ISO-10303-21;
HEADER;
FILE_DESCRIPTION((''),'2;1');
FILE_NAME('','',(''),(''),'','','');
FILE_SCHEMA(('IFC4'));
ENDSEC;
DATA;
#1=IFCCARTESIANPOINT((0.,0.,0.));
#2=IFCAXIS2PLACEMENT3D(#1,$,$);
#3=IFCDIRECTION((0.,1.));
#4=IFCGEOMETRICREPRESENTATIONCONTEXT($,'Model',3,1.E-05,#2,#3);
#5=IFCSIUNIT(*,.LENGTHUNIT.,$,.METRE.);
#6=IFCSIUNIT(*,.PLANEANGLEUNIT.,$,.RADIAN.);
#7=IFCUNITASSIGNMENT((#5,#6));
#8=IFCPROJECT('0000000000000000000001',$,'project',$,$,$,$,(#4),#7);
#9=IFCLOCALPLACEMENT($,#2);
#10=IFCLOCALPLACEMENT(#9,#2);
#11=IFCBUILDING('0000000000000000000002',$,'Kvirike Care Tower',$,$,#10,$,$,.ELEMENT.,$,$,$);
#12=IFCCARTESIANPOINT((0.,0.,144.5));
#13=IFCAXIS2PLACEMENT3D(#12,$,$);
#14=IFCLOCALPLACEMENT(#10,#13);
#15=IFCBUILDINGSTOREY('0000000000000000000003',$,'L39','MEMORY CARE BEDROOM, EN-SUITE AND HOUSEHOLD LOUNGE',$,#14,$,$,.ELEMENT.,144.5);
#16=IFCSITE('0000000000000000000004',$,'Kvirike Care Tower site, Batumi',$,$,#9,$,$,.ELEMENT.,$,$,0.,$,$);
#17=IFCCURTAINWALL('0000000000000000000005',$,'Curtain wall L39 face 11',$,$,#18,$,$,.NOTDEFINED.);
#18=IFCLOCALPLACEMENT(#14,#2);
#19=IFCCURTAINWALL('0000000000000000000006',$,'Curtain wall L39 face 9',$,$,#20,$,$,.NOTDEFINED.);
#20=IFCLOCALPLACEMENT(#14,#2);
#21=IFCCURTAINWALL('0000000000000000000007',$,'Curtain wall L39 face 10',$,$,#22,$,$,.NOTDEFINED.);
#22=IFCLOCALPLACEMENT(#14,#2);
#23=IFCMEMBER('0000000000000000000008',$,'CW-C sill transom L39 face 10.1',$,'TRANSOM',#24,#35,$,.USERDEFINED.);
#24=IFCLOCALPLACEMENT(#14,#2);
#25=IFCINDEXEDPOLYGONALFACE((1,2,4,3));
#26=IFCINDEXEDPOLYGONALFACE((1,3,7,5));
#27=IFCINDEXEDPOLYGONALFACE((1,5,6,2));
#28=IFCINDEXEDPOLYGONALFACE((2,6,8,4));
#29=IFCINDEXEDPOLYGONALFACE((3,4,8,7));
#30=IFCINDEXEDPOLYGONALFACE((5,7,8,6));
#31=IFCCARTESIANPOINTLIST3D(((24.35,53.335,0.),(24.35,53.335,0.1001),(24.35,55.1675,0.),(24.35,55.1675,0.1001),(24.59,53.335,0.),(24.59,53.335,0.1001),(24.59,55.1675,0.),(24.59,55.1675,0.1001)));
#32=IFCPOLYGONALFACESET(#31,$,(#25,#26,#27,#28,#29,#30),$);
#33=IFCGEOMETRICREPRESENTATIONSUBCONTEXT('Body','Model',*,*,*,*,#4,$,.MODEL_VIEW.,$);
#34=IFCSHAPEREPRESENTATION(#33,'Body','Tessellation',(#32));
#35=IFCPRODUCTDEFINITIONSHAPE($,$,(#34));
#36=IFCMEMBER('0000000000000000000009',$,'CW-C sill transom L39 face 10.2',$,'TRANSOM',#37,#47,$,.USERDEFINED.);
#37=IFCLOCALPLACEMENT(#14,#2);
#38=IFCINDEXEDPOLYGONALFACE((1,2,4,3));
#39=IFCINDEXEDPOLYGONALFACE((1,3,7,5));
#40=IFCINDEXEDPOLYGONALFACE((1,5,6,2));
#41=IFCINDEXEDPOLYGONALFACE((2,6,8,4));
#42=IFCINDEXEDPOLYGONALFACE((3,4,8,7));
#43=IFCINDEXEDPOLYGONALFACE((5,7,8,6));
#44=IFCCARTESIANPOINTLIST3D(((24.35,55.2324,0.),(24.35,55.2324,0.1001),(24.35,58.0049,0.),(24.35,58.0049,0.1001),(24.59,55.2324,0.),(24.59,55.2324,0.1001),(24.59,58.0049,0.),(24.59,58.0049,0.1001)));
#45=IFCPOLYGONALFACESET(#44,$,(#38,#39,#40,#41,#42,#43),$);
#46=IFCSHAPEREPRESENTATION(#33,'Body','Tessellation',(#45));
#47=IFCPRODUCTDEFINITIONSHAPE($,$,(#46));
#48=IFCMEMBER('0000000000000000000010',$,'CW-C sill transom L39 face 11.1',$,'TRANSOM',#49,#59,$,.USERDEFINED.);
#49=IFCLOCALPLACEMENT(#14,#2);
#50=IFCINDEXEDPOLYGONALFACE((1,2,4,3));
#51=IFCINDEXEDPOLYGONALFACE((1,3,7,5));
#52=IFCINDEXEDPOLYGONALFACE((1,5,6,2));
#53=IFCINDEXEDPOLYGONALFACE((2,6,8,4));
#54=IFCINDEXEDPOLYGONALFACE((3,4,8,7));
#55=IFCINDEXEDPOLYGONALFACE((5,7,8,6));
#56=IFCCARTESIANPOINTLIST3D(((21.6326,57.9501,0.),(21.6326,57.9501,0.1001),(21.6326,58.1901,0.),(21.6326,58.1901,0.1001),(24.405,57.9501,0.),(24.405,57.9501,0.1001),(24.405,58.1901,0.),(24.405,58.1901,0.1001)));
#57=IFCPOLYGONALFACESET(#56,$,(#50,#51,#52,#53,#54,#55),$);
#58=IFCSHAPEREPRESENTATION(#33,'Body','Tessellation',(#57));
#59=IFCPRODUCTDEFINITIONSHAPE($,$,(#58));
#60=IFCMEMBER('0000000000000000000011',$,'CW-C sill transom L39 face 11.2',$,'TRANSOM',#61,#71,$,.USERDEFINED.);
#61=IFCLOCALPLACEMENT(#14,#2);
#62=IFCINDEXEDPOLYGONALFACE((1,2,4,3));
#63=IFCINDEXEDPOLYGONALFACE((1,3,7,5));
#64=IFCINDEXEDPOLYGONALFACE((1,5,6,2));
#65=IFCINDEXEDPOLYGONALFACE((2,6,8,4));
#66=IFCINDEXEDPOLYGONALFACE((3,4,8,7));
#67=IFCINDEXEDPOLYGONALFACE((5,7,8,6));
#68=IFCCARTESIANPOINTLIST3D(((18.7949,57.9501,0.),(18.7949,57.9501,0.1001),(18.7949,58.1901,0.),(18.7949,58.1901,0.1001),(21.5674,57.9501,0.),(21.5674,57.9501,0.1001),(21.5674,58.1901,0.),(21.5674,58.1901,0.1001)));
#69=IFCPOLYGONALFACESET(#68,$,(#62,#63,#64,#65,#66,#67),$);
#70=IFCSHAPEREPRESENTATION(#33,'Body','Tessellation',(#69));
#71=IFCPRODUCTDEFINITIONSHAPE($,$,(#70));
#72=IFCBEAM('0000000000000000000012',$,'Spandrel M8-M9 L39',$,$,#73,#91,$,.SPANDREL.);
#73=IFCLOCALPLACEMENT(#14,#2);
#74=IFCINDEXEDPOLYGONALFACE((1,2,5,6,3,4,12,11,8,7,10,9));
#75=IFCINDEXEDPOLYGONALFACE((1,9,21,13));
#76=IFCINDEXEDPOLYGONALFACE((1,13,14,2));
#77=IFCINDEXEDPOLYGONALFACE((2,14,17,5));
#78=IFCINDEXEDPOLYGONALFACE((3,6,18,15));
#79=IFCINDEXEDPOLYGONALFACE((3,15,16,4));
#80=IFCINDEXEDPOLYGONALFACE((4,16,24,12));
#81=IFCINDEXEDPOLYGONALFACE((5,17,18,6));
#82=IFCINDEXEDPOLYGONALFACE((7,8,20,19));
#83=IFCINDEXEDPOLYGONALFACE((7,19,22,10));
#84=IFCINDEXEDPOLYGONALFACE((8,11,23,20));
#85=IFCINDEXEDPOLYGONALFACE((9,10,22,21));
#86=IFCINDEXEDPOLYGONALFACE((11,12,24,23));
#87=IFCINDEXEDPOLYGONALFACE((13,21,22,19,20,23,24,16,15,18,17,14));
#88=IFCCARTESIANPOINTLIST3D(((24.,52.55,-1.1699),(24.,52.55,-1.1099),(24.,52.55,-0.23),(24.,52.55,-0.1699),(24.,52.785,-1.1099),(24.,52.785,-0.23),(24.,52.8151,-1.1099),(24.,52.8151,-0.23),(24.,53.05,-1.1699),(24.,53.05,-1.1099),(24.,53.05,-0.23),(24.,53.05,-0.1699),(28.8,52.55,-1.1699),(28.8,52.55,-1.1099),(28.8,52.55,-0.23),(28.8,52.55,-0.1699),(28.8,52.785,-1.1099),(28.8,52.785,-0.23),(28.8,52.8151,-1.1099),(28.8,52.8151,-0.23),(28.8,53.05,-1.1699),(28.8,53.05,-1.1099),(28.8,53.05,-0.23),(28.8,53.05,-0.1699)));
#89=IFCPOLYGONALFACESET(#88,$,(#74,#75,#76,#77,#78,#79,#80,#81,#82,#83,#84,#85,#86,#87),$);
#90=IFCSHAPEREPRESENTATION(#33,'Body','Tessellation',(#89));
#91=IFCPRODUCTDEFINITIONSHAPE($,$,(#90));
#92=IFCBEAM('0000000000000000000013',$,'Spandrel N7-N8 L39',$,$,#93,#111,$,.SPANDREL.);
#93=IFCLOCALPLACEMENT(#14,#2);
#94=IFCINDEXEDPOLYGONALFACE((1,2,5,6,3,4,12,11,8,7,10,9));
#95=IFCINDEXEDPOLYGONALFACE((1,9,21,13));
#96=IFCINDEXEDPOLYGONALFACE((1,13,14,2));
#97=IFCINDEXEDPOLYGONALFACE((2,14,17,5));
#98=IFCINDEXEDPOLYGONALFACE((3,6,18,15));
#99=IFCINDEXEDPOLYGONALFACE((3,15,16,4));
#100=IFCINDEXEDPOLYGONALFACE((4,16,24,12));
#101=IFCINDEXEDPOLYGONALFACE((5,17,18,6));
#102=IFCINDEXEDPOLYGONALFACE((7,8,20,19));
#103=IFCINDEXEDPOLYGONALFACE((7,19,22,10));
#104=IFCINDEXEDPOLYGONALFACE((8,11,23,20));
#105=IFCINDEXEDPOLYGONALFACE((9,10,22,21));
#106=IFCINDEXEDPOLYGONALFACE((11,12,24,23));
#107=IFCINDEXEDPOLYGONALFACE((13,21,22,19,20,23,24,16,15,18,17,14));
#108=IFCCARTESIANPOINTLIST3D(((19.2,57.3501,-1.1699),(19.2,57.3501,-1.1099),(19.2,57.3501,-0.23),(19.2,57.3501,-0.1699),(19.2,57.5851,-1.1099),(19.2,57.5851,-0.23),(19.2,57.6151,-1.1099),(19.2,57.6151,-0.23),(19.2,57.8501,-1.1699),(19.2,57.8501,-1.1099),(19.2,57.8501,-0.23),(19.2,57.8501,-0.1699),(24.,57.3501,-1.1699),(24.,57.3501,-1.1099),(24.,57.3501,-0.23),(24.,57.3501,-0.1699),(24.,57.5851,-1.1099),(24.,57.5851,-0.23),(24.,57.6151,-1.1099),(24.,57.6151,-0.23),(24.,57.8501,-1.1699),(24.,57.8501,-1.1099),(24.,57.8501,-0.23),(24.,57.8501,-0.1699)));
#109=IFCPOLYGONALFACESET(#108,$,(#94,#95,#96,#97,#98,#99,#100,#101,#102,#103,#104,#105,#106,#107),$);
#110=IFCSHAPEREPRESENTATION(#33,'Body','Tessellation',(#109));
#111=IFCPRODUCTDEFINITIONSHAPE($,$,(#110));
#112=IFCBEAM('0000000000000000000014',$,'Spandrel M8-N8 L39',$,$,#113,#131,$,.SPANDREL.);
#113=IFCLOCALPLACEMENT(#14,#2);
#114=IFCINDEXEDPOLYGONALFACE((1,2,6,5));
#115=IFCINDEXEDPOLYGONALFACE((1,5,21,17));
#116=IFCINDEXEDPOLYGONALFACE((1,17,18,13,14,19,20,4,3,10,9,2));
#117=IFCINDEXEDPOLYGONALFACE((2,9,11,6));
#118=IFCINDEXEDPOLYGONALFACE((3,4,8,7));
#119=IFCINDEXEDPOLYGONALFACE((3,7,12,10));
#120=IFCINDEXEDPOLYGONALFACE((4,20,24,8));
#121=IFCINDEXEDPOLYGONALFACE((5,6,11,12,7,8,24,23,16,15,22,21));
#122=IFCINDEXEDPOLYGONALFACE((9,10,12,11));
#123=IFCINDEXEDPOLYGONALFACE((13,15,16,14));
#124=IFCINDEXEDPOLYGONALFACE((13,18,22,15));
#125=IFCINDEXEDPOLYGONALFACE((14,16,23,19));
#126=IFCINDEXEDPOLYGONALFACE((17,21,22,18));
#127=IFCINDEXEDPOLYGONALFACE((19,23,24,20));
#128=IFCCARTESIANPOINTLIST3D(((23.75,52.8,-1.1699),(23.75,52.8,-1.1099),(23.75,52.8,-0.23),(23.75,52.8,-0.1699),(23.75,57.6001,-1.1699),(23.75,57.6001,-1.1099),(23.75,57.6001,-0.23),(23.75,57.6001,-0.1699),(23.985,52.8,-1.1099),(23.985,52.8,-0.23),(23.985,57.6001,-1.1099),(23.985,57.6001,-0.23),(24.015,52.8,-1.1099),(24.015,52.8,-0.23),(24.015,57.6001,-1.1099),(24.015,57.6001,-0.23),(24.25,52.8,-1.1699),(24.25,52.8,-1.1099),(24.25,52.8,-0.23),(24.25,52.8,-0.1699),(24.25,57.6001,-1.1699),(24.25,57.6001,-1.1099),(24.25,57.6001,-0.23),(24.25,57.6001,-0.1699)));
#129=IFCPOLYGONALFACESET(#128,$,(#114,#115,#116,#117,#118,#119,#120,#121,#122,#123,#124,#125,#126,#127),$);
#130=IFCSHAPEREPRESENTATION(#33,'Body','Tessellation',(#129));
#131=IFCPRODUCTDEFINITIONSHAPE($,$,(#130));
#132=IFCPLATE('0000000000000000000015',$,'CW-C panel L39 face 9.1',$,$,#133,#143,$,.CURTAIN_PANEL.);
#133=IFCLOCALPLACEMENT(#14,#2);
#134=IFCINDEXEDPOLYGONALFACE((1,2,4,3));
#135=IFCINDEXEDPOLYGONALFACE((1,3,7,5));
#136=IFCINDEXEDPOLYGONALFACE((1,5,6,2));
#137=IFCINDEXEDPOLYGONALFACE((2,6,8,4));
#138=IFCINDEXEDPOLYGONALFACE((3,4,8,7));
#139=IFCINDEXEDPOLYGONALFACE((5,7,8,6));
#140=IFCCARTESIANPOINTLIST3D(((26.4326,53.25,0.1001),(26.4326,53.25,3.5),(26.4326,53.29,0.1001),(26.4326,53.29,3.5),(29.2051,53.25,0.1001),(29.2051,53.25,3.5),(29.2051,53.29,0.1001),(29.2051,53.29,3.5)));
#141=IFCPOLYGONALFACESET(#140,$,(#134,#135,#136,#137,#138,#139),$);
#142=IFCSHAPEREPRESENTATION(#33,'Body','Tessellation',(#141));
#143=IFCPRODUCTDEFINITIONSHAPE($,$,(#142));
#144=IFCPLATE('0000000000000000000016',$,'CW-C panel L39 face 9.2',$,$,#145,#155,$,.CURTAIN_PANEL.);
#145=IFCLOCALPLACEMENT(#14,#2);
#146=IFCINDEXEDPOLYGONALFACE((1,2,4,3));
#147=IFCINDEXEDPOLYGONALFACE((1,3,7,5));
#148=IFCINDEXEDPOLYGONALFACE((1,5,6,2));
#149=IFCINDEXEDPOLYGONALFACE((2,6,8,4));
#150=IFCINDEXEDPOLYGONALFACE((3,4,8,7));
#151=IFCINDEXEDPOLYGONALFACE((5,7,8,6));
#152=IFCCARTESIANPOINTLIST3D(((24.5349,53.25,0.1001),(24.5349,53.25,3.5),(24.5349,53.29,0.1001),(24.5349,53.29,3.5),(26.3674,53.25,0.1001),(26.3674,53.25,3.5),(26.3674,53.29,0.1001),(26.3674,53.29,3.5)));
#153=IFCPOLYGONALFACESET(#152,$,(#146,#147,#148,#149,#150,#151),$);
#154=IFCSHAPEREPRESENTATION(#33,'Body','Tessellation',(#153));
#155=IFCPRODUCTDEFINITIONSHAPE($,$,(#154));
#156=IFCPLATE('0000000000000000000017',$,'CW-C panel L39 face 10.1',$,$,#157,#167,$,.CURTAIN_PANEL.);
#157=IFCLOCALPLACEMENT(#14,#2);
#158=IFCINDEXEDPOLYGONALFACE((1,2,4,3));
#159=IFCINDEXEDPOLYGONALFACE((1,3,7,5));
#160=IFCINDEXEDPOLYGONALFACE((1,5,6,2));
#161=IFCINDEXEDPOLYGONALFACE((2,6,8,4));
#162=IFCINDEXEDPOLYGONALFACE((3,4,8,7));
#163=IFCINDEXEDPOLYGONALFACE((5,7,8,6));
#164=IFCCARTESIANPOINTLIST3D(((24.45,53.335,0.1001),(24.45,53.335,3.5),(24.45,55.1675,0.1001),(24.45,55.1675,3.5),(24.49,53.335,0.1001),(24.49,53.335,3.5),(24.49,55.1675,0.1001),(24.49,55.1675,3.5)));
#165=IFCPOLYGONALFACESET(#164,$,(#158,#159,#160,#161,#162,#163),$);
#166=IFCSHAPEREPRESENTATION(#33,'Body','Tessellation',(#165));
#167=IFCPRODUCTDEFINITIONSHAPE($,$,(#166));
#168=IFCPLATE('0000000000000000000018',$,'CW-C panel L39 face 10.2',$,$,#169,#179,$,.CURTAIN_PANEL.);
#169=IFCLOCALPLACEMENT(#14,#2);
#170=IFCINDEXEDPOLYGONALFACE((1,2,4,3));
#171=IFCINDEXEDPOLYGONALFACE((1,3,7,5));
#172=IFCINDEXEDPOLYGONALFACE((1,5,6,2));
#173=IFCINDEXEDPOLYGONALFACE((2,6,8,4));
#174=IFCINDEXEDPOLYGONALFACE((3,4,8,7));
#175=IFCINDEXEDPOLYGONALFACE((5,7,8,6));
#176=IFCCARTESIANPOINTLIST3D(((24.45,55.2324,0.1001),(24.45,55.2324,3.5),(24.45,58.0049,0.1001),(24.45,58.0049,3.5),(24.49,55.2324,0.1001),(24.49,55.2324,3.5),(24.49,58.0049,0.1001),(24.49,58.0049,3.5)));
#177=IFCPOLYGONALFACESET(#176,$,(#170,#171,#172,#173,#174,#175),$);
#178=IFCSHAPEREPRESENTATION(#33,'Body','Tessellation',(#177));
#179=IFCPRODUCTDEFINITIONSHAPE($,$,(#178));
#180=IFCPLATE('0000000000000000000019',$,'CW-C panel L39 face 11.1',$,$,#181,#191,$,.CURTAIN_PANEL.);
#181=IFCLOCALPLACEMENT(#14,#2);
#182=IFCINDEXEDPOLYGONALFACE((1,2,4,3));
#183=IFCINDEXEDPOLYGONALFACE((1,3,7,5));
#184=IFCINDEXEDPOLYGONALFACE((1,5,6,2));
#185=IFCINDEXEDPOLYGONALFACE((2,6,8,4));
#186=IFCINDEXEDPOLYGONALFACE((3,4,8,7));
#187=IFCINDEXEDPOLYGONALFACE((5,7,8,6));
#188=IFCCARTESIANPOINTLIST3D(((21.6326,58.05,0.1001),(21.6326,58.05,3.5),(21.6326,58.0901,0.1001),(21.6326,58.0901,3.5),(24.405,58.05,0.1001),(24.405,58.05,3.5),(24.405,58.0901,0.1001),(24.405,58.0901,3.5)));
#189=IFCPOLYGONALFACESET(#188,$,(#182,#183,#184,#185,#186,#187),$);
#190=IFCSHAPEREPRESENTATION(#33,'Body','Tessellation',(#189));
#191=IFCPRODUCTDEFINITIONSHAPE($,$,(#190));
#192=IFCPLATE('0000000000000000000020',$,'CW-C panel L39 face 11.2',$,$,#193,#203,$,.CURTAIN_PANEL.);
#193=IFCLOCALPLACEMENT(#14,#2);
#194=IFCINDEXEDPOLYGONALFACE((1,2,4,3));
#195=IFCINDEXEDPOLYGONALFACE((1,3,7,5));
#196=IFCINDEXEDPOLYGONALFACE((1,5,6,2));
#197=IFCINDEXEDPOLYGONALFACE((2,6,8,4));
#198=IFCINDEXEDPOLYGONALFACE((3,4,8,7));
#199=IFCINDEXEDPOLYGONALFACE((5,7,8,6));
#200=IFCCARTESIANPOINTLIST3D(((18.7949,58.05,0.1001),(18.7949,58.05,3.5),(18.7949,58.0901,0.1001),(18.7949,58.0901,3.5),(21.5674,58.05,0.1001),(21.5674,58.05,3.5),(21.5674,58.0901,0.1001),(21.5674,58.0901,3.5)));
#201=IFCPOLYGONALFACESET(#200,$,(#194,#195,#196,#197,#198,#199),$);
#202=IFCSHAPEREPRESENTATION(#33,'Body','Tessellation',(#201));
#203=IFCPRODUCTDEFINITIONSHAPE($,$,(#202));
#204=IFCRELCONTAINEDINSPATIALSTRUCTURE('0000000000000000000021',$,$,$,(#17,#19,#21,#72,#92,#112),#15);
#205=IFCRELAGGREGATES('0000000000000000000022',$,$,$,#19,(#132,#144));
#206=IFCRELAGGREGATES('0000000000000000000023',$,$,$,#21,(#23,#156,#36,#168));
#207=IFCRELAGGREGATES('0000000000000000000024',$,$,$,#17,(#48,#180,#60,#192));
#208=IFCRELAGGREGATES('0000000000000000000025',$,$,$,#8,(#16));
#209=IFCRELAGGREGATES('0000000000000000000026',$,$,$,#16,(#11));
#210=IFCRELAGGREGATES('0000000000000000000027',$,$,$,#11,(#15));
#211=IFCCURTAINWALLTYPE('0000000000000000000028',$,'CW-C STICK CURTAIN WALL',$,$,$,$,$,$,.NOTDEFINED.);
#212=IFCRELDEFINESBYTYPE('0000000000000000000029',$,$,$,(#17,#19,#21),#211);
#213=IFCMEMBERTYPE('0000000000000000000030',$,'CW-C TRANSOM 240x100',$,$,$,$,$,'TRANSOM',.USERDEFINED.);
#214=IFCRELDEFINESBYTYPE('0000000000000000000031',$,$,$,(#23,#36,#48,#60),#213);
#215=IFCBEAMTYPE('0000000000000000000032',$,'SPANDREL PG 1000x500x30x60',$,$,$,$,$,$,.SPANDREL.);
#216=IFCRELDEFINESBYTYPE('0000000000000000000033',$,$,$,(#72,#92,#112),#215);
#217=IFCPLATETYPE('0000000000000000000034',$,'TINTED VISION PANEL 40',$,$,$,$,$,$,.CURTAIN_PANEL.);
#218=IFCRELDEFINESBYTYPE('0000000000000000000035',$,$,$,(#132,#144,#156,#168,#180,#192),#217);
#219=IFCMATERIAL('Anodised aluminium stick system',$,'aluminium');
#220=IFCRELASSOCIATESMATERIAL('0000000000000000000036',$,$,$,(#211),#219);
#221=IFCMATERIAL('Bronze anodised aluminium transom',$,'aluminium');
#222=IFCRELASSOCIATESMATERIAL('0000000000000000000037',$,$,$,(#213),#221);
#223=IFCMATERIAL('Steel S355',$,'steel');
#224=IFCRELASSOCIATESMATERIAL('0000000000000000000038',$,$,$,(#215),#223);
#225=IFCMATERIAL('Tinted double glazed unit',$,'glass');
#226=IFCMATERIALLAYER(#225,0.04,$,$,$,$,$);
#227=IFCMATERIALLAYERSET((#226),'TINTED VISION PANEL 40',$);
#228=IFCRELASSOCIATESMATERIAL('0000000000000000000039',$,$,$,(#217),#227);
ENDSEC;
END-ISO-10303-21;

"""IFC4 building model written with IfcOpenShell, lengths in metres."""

from ifc_helpers import new_model, si_unit, direction, frame, origin, origin_2d, place, context, subcontext, project, spatial, rectangle, i_section, extrude, material, layer, layer_set, material_profile, profile_set, type_object, element, aggregate, save


model = new_model("IFC4")

# Units and contexts
model_context = context("Model", 3, precision=1e-05, world=origin(), true_north=direction((0.0, 1.0)))
body_context = subcontext(model_context, "Body", "Model", "MODEL_VIEW")
ifc_project = project(units=[si_unit("LENGTHUNIT", "METRE"), si_unit("PLANEANGLEUNIT", "RADIAN")], contexts=[model_context])

# Site, building, storey
site_placement = place(None, origin())
site = spatial("IfcSite", under=ifc_project, at=site_placement, Name="Kvirike Care Tower site, Batumi", CompositionType="ELEMENT", RefElevation=0.0)
building_placement = place(site_placement, origin())
building = spatial("IfcBuilding", under=site, at=building_placement, Name="Kvirike Care Tower", CompositionType="ELEMENT")
storey_placement = place(building_placement, frame((0.0, 0.0, 144.5)))
storey = spatial("IfcBuildingStorey", under=building, at=storey_placement, Name="L39", Description="MEMORY CARE BEDROOM, EN-SUITE AND HOUSEHOLD LOUNGE", CompositionType="ELEMENT", Elevation=144.5)

# Curtain wall
ifc_material_1 = material(Name="Anodised aluminium stick system", Category="aluminium")
curtain_wall_type = type_object("IfcCurtainWallType", Name="CW-C STICK CURTAIN WALL", PredefinedType="NOTDEFINED", material=ifc_material_1)
curtain_wall_1_placement = place(storey_placement, origin())
curtain_wall_1 = element("IfcCurtainWall", 1, at=curtain_wall_1_placement, inside=storey, type_object=curtain_wall_type, Name="Curtain wall L39 face 11", PredefinedType="NOTDEFINED")

# Curtain walls
curtain_wall_2_placement = place(storey_placement, origin())
curtain_wall_2 = element("IfcCurtainWall", 2, at=curtain_wall_2_placement, inside=storey, type_object=curtain_wall_type, Name="Curtain wall L39 face 9", PredefinedType="NOTDEFINED")
curtain_wall_3_placement = place(storey_placement, origin())
curtain_wall_3 = element("IfcCurtainWall", 3, at=curtain_wall_3_placement, inside=storey, type_object=curtain_wall_type, Name="Curtain wall L39 face 10", PredefinedType="NOTDEFINED")

# Members
ifc_material_2 = material(Name="Bronze anodised aluminium transom", Category="aluminium")
ifc_material_profile_1 = material_profile(ifc_material_2, rectangle(XDim=0.24, YDim=0.1001, at=origin_2d()), Name="CW-C TRANSOM 240x100")
ifc_profile_set_1 = profile_set([ifc_material_profile_1], Name="Bronze anodised aluminium transom")
member_type_1 = type_object("IfcMemberType", Name="CW-C TRANSOM 240x100", ElementType="TRANSOM", PredefinedType="USERDEFINED", material=ifc_profile_set_1)
member_1_placement = place(storey_placement, frame((24.47, 53.335, 0.05), z_axis=(0.0, 1.0, 0.0), x_axis=(-1.0, 0.0, 0.0)))
member_1 = element("IfcMember", 4, at=member_1_placement, type_object=member_type_1, Name="CW-C sill transom L39 face 10.1", ObjectType="TRANSOM", PredefinedType="USERDEFINED", context=body_context, shape_type="SweptSolid", body=[
    extrude(rectangle(XDim=0.24, YDim=0.1001, at=origin_2d()), origin(), (0.0, 0.0, 1.0), 1.8325),
])
member_2_placement = place(storey_placement, frame((24.47, 55.2324, 0.05), z_axis=(0.0, 1.0, 0.0), x_axis=(-1.0, 0.0, 0.0)))
member_2 = element("IfcMember", 5, at=member_2_placement, type_object=member_type_1, Name="CW-C sill transom L39 face 10.2", ObjectType="TRANSOM", PredefinedType="USERDEFINED", context=body_context, shape_type="SweptSolid", body=[
    extrude(rectangle(XDim=0.24, YDim=0.1001, at=origin_2d()), origin(), (0.0, 0.0, 1.0), 2.7725),
])
member_3_placement = place(storey_placement, frame((24.405, 58.0701, 0.05), z_axis=(-1.0, 0.0, 0.0), x_axis=(0.0, -1.0, 0.0)))
member_3 = element("IfcMember", 6, at=member_3_placement, type_object=member_type_1, Name="CW-C sill transom L39 face 11.1", ObjectType="TRANSOM", PredefinedType="USERDEFINED", context=body_context, shape_type="SweptSolid", body=[
    extrude(rectangle(XDim=0.24, YDim=0.1001, at=origin_2d()), origin(), (0.0, 0.0, 1.0), 2.7725),
])
member_4_placement = place(storey_placement, frame((21.5674, 58.0701, 0.05), z_axis=(-1.0, 0.0, 0.0), x_axis=(0.0, -1.0, 0.0)))
member_4 = element("IfcMember", 7, at=member_4_placement, type_object=member_type_1, Name="CW-C sill transom L39 face 11.2", ObjectType="TRANSOM", PredefinedType="USERDEFINED", context=body_context, shape_type="SweptSolid", body=[
    extrude(rectangle(XDim=0.24, YDim=0.1001, at=origin_2d()), origin(), (0.0, 0.0, 1.0), 2.7725),
])

# Beams
ifc_material_3 = material(Name="Steel S355", Category="steel")
ifc_material_profile_2 = material_profile(ifc_material_3, i_section(OverallWidth=0.5, OverallDepth=1.0, WebThickness=0.03, FlangeThickness=0.0601, at=origin_2d()), Name="PG 1000x500x30x60")
ifc_profile_set_2 = profile_set([ifc_material_profile_2], Name="Steel S355")
beam_type = type_object("IfcBeamType", Name="SPANDREL PG 1000x500x30x60", PredefinedType="SPANDREL", material=ifc_profile_set_2)
for number, where, z_axis, x_axis, name in (
    (8, (24.0, 52.8, -0.6699), (1.0, 0.0, 0.0), (0.0, 1.0, 0.0), "Spandrel M8-M9 L39"),
    (9, (19.2, 57.6001, -0.6699), (1.0, 0.0, 0.0), (0.0, 1.0, 0.0), "Spandrel N7-N8 L39"),
    (10, (24.0, 52.8, -0.6699), (0.0, 1.0, 0.0), (-1.0, 0.0, 0.0), "Spandrel M8-N8 L39"),
):
    element("IfcBeam", number, at=place(storey_placement, frame(where, z_axis=z_axis, x_axis=x_axis)), inside=storey, type_object=beam_type, Name=name, PredefinedType="SPANDREL", context=body_context, shape_type="SweptSolid", body=[
        extrude(i_section(OverallWidth=0.5, OverallDepth=1.0, WebThickness=0.03, FlangeThickness=0.0601, at=origin_2d()), origin(), (0.0, 0.0, 1.0), 4.8),
    ])

# Plates
ifc_material_4 = material(Name="Tinted double glazed unit", Category="glass")
ifc_layer_1 = layer(ifc_material_4, 0.04)
ifc_layer_set_1 = layer_set([ifc_layer_1], Name="TINTED VISION PANEL 40")
plate_type = type_object("IfcPlateType", Name="TINTED VISION PANEL 40", PredefinedType="CURTAIN_PANEL", material=ifc_layer_set_1)
plate_1_placement = place(storey_placement, frame((27.8188, 53.27, 0.1001), z_axis=(0.0, 0.0, 1.0), x_axis=(-1.0, 0.0, 0.0)))
plate_1 = element("IfcPlate", 11, at=plate_1_placement, type_object=plate_type, Name="CW-C panel L39 face 9.1", PredefinedType="CURTAIN_PANEL", context=body_context, shape_type="SweptSolid", body=[
    extrude(rectangle(XDim=2.7725, YDim=0.04, at=origin_2d()), origin(), (0.0, 0.0, 1.0), 3.3999),
])
plate_2_placement = place(storey_placement, frame((25.4512, 53.27, 0.1001), z_axis=(0.0, 0.0, 1.0), x_axis=(-1.0, 0.0, 0.0)))
plate_2 = element("IfcPlate", 12, at=plate_2_placement, type_object=plate_type, Name="CW-C panel L39 face 9.2", PredefinedType="CURTAIN_PANEL", context=body_context, shape_type="SweptSolid", body=[
    extrude(rectangle(XDim=1.8325, YDim=0.04, at=origin_2d()), origin(), (0.0, 0.0, 1.0), 3.3999),
])
aggregate(curtain_wall_2, [plate_1, plate_2])
plate_3_placement = place(storey_placement, frame((24.47, 54.2512, 0.1001), z_axis=(0.0, 0.0, 1.0), x_axis=(0.0, 1.0, 0.0)))
plate_3 = element("IfcPlate", 13, at=plate_3_placement, type_object=plate_type, Name="CW-C panel L39 face 10.1", PredefinedType="CURTAIN_PANEL", context=body_context, shape_type="SweptSolid", body=[
    extrude(rectangle(XDim=1.8325, YDim=0.04, at=origin_2d()), origin(), (0.0, 0.0, 1.0), 3.3999),
])
plate_4_placement = place(storey_placement, frame((24.47, 56.6187, 0.1001), z_axis=(0.0, 0.0, 1.0), x_axis=(0.0, 1.0, 0.0)))
plate_4 = element("IfcPlate", 14, at=plate_4_placement, type_object=plate_type, Name="CW-C panel L39 face 10.2", PredefinedType="CURTAIN_PANEL", context=body_context, shape_type="SweptSolid", body=[
    extrude(rectangle(XDim=2.7725, YDim=0.04, at=origin_2d()), origin(), (0.0, 0.0, 1.0), 3.3999),
])
aggregate(curtain_wall_3, [member_1, plate_3, member_2, plate_4])
plate_5_placement = place(storey_placement, frame((23.0188, 58.0701, 0.1001), z_axis=(0.0, 0.0, 1.0), x_axis=(-1.0, 0.0, 0.0)))
plate_5 = element("IfcPlate", 15, at=plate_5_placement, type_object=plate_type, Name="CW-C panel L39 face 11.1", PredefinedType="CURTAIN_PANEL", context=body_context, shape_type="SweptSolid", body=[
    extrude(rectangle(XDim=2.7725, YDim=0.04, at=origin_2d()), origin(), (0.0, 0.0, 1.0), 3.3999),
])
plate_6_placement = place(storey_placement, frame((20.1812, 58.0701, 0.1001), z_axis=(0.0, 0.0, 1.0), x_axis=(-1.0, 0.0, 0.0)))
plate_6 = element("IfcPlate", 16, at=plate_6_placement, type_object=plate_type, Name="CW-C panel L39 face 11.2", PredefinedType="CURTAIN_PANEL", context=body_context, shape_type="SweptSolid", body=[
    extrude(rectangle(XDim=2.7725, YDim=0.04, at=origin_2d()), origin(), (0.0, 0.0, 1.0), 3.3999),
])
aggregate(curtain_wall_1, [member_3, plate_5, member_4, plate_6])

save(model, "model.ifc")
